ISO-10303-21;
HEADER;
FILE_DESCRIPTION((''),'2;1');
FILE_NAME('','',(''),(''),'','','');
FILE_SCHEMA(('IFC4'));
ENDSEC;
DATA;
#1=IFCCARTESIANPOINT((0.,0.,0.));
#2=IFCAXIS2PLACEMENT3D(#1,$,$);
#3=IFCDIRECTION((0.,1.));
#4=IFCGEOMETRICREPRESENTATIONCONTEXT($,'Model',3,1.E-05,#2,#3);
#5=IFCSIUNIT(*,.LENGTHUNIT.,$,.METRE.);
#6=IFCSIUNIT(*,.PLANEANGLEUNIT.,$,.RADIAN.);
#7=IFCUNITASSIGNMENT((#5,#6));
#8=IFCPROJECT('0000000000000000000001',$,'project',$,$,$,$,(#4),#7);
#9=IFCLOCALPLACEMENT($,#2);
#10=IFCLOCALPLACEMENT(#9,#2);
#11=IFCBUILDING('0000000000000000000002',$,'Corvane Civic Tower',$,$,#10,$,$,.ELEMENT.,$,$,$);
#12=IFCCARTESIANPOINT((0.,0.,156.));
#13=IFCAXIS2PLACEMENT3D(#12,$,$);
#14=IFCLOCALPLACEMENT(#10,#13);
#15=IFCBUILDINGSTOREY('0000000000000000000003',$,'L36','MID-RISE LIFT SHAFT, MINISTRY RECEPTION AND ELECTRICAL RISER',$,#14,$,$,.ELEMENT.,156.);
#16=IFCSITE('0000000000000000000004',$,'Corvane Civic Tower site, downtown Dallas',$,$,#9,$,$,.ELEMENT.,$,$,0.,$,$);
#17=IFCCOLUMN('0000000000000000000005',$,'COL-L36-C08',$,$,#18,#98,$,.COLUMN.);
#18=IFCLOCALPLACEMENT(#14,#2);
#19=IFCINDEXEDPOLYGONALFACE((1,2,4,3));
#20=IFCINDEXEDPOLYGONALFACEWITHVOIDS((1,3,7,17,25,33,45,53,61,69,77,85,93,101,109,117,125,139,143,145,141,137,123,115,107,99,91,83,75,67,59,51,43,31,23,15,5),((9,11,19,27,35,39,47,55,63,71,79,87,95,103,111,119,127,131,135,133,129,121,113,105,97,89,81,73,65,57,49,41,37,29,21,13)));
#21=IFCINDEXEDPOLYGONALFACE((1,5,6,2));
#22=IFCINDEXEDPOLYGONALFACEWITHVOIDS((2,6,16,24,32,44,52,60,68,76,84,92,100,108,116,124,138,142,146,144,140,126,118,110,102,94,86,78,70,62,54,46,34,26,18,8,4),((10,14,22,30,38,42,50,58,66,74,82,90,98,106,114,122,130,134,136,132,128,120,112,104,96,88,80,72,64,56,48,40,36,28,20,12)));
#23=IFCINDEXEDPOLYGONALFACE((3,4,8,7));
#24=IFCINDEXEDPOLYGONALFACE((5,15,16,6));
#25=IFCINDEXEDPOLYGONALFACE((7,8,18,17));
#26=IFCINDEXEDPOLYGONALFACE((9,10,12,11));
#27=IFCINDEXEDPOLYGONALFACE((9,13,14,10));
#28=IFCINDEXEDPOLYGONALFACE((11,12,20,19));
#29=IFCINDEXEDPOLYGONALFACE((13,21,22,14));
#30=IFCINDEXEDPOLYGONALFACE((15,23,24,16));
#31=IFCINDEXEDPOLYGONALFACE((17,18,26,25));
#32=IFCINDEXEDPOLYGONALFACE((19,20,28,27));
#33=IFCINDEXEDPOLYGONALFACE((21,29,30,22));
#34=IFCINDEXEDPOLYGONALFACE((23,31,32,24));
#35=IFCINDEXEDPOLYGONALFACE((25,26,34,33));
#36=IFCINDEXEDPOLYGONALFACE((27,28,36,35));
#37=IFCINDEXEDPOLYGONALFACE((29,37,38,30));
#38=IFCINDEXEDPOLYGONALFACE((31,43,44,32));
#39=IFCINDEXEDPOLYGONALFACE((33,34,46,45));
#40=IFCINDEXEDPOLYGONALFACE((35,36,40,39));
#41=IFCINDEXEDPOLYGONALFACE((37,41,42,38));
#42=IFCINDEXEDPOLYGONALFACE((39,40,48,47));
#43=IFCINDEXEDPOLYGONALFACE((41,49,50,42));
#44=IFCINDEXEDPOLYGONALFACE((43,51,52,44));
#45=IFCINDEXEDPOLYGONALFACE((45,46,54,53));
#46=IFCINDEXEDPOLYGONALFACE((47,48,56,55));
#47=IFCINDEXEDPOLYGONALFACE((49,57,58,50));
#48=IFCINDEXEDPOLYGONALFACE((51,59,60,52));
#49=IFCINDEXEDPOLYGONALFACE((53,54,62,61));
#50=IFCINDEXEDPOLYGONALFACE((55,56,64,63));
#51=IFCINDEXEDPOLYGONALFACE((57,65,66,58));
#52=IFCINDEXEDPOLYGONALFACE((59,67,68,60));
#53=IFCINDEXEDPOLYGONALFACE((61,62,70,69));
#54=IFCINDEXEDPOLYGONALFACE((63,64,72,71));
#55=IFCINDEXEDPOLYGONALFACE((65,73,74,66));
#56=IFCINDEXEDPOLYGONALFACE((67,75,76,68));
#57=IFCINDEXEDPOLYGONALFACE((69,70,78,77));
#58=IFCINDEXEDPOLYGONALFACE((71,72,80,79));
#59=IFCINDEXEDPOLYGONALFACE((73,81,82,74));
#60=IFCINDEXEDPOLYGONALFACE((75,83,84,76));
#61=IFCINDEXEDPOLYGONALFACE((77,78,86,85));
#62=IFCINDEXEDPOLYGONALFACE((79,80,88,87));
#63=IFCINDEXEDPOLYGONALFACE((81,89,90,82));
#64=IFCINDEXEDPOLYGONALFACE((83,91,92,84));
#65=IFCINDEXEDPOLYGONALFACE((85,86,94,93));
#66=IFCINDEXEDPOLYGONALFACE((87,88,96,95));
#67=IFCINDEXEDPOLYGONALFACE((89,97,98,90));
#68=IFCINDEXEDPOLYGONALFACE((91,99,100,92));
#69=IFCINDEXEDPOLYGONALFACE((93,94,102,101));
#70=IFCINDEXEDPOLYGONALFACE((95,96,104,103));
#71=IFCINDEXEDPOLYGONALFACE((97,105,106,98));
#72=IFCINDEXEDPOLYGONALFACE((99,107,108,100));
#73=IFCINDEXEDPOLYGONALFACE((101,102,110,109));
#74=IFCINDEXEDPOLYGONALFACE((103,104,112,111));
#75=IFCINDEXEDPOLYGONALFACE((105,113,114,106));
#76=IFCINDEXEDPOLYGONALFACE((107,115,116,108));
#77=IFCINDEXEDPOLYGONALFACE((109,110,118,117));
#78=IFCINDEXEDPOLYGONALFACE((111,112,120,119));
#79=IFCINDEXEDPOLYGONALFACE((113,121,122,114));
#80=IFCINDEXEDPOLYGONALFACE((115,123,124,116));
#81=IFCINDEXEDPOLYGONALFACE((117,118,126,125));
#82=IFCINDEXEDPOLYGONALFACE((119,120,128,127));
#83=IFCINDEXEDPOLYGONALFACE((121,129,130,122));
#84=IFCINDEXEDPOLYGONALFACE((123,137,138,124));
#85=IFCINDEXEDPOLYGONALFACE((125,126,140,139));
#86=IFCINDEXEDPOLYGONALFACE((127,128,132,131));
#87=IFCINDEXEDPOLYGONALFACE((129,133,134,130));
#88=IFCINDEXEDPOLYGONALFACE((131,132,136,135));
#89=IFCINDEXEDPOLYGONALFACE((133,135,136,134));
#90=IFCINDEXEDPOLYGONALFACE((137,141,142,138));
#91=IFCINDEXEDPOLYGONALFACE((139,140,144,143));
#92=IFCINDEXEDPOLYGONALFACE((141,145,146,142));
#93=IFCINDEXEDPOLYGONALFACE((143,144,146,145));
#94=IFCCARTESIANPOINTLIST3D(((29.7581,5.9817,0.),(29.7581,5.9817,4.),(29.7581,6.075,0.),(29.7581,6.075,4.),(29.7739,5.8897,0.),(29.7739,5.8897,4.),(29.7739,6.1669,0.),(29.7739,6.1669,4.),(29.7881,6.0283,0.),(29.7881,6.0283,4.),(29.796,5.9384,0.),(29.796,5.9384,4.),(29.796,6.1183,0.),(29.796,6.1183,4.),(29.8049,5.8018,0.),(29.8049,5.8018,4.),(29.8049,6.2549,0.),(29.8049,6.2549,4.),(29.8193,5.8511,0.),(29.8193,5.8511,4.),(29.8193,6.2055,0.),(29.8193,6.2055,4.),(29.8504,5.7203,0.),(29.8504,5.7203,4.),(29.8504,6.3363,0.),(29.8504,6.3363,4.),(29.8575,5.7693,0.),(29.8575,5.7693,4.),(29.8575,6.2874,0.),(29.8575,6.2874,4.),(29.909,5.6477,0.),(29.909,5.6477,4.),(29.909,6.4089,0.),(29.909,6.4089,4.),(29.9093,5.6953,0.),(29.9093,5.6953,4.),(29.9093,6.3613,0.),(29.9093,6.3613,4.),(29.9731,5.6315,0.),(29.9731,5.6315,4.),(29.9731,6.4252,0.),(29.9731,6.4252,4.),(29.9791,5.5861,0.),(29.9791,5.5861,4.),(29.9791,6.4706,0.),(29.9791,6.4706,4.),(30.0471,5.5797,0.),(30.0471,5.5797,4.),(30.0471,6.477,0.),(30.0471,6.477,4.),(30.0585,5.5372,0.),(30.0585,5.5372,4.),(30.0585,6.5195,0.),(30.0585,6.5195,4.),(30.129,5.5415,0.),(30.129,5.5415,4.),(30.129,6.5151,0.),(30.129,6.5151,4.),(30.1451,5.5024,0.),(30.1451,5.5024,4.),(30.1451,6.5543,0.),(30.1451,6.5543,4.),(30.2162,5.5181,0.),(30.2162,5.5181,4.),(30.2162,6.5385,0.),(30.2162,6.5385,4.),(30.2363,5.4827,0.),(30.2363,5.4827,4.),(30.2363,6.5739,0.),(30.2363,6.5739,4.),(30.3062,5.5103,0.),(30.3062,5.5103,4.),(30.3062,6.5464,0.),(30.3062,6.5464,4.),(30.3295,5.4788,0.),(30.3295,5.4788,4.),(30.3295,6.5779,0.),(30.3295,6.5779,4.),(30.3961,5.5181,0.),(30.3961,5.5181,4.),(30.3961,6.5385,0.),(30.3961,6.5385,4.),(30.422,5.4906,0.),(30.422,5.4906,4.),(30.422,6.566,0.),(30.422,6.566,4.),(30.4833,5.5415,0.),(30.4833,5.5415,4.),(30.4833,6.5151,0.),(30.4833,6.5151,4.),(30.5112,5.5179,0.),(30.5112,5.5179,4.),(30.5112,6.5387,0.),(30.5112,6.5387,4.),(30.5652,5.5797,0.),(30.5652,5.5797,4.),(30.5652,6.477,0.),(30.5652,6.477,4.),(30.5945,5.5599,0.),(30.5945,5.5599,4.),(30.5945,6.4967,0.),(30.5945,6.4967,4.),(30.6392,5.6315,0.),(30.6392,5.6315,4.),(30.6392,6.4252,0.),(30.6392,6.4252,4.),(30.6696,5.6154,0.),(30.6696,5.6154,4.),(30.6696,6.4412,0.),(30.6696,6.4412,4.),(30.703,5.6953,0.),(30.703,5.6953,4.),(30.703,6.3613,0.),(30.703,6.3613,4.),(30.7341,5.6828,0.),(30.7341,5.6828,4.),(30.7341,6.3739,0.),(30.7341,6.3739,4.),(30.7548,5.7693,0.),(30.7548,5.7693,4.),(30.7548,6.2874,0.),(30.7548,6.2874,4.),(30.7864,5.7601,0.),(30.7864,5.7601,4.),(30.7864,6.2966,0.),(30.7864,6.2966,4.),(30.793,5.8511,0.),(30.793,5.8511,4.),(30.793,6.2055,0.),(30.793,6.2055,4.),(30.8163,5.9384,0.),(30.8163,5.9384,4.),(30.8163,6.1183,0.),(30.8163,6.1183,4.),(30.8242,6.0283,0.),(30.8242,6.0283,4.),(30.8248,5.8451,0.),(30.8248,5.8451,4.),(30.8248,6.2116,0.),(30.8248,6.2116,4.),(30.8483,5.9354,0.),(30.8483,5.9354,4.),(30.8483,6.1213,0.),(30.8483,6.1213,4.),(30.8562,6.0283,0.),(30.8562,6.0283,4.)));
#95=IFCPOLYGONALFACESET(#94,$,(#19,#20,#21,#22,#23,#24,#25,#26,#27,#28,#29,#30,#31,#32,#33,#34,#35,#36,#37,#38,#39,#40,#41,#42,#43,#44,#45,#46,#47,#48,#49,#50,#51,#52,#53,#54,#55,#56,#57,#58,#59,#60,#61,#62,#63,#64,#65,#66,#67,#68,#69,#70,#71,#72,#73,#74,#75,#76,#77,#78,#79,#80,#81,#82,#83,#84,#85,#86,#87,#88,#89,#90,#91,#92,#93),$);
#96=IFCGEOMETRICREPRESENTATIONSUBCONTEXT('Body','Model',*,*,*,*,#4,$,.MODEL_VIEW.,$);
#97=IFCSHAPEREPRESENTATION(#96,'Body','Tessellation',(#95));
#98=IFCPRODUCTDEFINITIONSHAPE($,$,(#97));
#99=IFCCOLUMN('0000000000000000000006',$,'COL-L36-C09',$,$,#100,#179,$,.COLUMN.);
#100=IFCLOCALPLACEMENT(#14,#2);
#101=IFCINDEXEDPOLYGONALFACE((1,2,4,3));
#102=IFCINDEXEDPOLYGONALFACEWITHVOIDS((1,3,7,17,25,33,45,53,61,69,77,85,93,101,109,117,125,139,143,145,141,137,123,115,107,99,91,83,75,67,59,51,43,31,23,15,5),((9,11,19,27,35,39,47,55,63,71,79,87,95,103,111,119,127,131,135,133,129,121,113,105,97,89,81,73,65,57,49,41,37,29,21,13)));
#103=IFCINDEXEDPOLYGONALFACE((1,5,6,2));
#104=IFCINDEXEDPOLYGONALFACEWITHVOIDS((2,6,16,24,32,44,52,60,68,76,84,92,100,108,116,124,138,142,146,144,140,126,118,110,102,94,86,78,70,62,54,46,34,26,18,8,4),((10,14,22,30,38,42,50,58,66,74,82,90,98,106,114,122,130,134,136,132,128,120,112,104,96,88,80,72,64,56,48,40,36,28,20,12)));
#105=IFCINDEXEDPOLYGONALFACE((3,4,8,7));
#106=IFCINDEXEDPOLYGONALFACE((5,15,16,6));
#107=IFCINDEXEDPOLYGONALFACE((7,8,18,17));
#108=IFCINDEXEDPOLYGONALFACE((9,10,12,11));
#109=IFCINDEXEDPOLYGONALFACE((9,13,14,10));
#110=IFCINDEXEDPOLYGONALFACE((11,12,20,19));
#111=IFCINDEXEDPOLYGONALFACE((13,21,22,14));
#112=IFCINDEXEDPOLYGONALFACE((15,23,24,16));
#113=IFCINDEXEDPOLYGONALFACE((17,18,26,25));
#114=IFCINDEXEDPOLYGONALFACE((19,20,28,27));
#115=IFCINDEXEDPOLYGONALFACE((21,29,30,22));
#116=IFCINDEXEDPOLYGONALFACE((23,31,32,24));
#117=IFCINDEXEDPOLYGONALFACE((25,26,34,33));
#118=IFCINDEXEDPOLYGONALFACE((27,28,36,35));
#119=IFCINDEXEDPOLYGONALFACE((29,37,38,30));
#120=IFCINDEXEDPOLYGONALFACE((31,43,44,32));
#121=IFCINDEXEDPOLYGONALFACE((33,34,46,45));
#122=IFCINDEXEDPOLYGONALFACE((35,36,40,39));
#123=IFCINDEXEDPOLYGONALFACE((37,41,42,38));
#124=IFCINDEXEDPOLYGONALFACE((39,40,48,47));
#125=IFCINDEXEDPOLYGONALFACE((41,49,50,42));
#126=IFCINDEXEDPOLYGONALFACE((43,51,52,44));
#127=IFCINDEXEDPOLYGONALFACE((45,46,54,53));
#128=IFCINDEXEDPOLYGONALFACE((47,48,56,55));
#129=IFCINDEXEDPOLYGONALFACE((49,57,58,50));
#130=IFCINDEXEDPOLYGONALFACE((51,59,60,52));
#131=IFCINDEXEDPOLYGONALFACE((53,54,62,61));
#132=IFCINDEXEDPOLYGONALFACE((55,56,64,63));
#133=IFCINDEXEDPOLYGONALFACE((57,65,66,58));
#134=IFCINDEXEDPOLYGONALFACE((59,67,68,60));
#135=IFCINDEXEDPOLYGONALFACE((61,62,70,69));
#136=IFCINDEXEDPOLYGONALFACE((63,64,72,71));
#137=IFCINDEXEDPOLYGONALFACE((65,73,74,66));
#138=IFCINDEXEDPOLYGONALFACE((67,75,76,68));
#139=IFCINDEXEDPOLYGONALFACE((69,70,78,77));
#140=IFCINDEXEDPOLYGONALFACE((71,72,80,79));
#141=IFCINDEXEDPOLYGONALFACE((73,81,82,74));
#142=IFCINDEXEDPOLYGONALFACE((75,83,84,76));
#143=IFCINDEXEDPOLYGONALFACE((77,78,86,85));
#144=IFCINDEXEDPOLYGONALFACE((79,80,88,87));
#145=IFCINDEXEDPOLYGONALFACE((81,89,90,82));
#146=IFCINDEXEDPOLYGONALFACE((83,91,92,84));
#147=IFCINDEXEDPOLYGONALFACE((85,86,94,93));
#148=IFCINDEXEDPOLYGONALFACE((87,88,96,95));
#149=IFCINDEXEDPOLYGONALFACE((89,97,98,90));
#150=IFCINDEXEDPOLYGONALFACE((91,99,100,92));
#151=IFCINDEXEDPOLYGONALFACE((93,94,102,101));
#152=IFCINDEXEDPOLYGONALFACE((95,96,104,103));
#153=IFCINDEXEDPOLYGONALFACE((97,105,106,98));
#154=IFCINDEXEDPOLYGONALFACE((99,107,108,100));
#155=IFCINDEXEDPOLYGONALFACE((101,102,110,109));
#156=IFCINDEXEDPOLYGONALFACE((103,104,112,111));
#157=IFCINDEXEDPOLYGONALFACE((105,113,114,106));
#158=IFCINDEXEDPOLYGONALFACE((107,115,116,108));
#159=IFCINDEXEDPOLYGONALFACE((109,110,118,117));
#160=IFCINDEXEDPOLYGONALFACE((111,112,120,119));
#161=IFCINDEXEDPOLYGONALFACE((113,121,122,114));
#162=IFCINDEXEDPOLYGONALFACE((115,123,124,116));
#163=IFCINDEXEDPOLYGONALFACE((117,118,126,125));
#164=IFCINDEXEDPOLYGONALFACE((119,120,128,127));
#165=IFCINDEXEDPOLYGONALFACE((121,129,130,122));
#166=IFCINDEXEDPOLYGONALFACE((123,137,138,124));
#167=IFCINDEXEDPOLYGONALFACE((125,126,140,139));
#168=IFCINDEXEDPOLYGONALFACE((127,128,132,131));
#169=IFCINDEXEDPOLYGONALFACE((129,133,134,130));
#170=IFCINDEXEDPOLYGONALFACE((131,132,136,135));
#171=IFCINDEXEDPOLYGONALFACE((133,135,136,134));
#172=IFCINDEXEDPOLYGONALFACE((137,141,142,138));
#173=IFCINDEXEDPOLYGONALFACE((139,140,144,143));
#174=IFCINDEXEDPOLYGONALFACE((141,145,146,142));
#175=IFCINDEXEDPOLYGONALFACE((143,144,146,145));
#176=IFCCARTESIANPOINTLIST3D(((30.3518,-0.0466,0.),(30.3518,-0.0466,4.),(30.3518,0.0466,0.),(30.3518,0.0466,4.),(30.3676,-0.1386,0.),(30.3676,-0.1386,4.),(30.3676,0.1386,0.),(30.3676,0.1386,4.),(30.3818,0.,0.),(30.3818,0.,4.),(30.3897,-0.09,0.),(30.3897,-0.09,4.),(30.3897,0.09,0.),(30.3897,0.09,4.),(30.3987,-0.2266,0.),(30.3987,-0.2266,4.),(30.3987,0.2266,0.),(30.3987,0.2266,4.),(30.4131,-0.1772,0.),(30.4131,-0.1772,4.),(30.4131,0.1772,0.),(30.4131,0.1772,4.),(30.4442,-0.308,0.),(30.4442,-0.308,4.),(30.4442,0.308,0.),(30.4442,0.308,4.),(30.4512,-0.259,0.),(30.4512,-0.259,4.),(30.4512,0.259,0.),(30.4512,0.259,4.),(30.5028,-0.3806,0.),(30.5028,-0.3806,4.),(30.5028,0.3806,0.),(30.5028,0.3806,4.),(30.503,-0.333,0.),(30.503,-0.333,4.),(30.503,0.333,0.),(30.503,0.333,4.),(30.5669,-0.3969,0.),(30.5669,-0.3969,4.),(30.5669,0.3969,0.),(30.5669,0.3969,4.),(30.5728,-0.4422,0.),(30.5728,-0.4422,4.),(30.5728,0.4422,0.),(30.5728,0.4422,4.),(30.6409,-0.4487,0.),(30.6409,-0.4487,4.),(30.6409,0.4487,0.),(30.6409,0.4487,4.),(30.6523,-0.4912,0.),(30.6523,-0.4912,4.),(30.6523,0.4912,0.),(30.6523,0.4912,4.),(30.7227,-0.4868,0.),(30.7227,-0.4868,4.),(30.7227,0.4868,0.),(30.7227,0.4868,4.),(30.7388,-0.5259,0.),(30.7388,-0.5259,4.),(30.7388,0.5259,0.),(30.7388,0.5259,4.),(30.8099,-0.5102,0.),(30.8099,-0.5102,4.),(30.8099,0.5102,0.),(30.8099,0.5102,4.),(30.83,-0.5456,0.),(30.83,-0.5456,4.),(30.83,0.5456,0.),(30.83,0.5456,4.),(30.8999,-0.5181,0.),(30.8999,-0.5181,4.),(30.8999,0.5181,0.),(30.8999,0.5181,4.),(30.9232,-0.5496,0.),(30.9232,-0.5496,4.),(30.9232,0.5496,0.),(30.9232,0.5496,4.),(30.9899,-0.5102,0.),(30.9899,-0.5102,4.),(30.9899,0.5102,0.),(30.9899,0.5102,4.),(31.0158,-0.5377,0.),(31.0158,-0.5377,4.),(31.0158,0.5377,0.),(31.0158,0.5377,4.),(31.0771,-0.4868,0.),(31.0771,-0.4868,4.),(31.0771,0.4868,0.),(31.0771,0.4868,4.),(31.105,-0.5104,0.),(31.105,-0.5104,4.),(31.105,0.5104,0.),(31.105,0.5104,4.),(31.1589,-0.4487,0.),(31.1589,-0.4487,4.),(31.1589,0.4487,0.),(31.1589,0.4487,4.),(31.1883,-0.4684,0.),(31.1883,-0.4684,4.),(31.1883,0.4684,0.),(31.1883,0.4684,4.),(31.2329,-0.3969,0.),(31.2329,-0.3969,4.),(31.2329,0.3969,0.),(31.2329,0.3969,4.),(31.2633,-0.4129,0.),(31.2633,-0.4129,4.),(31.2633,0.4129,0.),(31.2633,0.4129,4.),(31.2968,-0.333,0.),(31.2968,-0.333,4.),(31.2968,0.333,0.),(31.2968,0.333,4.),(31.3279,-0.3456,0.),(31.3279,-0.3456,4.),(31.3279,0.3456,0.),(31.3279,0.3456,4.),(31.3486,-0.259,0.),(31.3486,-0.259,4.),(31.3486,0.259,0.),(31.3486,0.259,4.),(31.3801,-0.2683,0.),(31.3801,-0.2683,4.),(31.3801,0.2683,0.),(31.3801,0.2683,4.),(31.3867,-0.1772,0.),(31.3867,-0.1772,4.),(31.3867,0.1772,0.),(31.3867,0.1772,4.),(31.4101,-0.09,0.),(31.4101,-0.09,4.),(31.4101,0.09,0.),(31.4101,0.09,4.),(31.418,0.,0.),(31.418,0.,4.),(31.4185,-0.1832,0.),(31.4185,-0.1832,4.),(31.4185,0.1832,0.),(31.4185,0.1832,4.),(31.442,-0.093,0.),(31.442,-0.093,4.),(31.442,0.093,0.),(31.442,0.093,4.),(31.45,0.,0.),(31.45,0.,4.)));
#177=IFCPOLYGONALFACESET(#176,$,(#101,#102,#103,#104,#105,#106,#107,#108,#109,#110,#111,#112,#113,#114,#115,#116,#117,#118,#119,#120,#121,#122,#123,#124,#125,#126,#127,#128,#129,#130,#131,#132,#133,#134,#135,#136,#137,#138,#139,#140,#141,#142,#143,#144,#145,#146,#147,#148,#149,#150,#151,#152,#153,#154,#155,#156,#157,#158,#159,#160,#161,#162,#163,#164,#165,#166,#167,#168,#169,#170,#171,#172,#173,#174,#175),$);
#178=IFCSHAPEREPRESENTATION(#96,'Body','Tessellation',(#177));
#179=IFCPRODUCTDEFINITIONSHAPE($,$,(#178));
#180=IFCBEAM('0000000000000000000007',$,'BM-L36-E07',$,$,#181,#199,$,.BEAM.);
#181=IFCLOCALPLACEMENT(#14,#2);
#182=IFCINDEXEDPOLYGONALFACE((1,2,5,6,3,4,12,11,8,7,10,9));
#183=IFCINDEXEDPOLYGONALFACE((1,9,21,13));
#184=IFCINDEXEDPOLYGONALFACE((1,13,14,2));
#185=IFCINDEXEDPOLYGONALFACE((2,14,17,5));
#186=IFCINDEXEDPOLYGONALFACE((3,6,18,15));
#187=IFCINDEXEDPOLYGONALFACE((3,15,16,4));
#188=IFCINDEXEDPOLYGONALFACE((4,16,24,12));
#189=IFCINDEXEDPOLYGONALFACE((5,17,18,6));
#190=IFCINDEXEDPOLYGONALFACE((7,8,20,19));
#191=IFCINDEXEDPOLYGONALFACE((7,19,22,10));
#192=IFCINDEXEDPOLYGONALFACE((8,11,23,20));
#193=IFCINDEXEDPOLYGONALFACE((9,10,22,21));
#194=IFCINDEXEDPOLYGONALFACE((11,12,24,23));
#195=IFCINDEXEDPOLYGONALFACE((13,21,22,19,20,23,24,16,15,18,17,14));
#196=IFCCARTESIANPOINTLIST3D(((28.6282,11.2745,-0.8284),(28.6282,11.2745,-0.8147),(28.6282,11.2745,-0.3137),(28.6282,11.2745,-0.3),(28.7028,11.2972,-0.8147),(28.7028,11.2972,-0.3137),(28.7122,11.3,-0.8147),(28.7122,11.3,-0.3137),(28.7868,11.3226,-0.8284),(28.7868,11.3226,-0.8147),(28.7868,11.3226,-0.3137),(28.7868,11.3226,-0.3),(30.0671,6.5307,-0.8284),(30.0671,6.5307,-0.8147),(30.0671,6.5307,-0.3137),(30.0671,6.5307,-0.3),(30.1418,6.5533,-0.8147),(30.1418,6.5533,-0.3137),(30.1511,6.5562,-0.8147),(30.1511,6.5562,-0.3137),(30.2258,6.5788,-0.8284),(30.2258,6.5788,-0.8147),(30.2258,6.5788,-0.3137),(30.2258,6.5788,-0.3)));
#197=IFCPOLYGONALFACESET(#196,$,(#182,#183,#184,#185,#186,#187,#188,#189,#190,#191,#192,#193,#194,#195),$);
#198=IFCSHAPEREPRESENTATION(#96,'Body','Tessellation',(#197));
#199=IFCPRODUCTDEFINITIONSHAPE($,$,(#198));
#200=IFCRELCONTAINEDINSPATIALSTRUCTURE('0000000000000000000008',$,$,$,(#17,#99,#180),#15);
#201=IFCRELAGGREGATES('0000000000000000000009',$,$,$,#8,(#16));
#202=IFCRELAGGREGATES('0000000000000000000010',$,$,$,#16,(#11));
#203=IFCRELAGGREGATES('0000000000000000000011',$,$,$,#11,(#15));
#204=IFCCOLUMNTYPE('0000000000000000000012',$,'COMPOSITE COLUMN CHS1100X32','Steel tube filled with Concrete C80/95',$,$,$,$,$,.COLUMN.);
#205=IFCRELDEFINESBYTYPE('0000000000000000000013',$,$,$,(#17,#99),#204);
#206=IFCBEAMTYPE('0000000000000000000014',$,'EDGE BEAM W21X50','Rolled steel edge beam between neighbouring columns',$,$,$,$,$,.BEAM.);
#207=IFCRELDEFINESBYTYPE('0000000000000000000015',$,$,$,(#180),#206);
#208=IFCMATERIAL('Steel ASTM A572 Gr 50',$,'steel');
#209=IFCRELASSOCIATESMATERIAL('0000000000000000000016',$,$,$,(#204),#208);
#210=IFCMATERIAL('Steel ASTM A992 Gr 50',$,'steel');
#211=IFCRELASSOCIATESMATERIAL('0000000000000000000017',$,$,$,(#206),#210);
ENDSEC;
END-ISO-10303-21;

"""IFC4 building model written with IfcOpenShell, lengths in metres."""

from ifc_helpers import new_model, si_unit, direction, frame, origin, origin_2d, place, context, subcontext, project, spatial, hollow_circle, i_section, extrude, material, material_profile, profile_set, type_object, element, save


model = new_model("IFC4")

# Units and contexts
model_context = context("Model", 3, precision=1e-05, world=origin(), true_north=direction((0.0, 1.0)))
body_context = subcontext(model_context, "Body", "Model", "MODEL_VIEW")
ifc_project = project(units=[si_unit("LENGTHUNIT", "METRE"), si_unit("PLANEANGLEUNIT", "RADIAN")], contexts=[model_context])

# Site, building, storey
site_placement = place(None, origin())
site = spatial("IfcSite", under=ifc_project, at=site_placement, Name="Corvane Civic Tower site, downtown Dallas", CompositionType="ELEMENT", RefElevation=0.0)
building_placement = place(site_placement, origin())
building = spatial("IfcBuilding", under=site, at=building_placement, Name="Corvane Civic Tower", CompositionType="ELEMENT")
storey_placement = place(building_placement, frame((0.0, 0.0, 156.0)))
storey = spatial("IfcBuildingStorey", under=building, at=storey_placement, Name="L36", Description="MID-RISE LIFT SHAFT, MINISTRY RECEPTION AND ELECTRICAL RISER", CompositionType="ELEMENT", Elevation=156.0)

# Columns
ifc_material_1 = material(Name="Steel ASTM A572 Gr 50", Category="steel")
ifc_material_profile_1 = material_profile(ifc_material_1, hollow_circle(Radius=0.55, WallThickness=0.032, at=origin_2d()), Name="CHS1100X32")
ifc_profile_set_1 = profile_set([ifc_material_profile_1], Name="Steel ASTM A572 Gr 50")
column_type = type_object("IfcColumnType", Name="COMPOSITE COLUMN CHS1100X32", Description="Steel tube filled with Concrete C80/95", PredefinedType="COLUMN", material=ifc_profile_set_1)
for number, where, z_axis, x_axis, name in (
    (1, (30.3062, 6.0283, 0.0), (0.0, 0.0, 1.0), (1.0, 0.0, 0.0), "COL-L36-C08"),
    (2, (30.8999, 0.0, 0.0), (0.0, 0.0, 1.0), (1.0, 0.0, 0.0), "COL-L36-C09"),
):
    element("IfcColumn", number, at=place(storey_placement, frame(where, z_axis=z_axis, x_axis=x_axis)), inside=storey, type_object=column_type, Name=name, PredefinedType="COLUMN", context=body_context, shape_type="SweptSolid", body=[
        extrude(hollow_circle(Radius=0.55, WallThickness=0.032, at=origin_2d()), origin(), (0.0, 0.0, 1.0), 4.0),
    ])

# Beam
ifc_material_2 = material(Name="Steel ASTM A992 Gr 50", Category="steel")
ifc_material_profile_2 = material_profile(ifc_material_2, i_section(OverallWidth=0.1658, OverallDepth=0.5283, WebThickness=0.0098, FlangeThickness=0.0137, at=origin_2d()), Name="W21X50")
ifc_profile_set_2 = profile_set([ifc_material_profile_2], Name="Steel ASTM A992 Gr 50")
beam_type_1 = type_object("IfcBeamType", Name="EDGE BEAM W21X50", Description="Rolled steel edge beam between neighbouring columns", PredefinedType="BEAM", material=ifc_profile_set_2)
beam_1_placement = place(storey_placement, frame((28.7075, 11.2986, -0.5642), z_axis=(0.29027, -0.956945, 0.0), x_axis=(0.956945, 0.29027, 0.0)))
element("IfcBeam", 3, at=beam_1_placement, inside=storey, type_object=beam_type_1, Name="BM-L36-E07", PredefinedType="BEAM", context=body_context, shape_type="SweptSolid", body=[
    extrude(i_section(OverallWidth=0.1658, OverallDepth=0.5283, WebThickness=0.0098, FlangeThickness=0.0137, at=origin_2d()), origin(), (0.0, 0.0, 1.0), 4.9573),
])

save(model, "model.ifc")
